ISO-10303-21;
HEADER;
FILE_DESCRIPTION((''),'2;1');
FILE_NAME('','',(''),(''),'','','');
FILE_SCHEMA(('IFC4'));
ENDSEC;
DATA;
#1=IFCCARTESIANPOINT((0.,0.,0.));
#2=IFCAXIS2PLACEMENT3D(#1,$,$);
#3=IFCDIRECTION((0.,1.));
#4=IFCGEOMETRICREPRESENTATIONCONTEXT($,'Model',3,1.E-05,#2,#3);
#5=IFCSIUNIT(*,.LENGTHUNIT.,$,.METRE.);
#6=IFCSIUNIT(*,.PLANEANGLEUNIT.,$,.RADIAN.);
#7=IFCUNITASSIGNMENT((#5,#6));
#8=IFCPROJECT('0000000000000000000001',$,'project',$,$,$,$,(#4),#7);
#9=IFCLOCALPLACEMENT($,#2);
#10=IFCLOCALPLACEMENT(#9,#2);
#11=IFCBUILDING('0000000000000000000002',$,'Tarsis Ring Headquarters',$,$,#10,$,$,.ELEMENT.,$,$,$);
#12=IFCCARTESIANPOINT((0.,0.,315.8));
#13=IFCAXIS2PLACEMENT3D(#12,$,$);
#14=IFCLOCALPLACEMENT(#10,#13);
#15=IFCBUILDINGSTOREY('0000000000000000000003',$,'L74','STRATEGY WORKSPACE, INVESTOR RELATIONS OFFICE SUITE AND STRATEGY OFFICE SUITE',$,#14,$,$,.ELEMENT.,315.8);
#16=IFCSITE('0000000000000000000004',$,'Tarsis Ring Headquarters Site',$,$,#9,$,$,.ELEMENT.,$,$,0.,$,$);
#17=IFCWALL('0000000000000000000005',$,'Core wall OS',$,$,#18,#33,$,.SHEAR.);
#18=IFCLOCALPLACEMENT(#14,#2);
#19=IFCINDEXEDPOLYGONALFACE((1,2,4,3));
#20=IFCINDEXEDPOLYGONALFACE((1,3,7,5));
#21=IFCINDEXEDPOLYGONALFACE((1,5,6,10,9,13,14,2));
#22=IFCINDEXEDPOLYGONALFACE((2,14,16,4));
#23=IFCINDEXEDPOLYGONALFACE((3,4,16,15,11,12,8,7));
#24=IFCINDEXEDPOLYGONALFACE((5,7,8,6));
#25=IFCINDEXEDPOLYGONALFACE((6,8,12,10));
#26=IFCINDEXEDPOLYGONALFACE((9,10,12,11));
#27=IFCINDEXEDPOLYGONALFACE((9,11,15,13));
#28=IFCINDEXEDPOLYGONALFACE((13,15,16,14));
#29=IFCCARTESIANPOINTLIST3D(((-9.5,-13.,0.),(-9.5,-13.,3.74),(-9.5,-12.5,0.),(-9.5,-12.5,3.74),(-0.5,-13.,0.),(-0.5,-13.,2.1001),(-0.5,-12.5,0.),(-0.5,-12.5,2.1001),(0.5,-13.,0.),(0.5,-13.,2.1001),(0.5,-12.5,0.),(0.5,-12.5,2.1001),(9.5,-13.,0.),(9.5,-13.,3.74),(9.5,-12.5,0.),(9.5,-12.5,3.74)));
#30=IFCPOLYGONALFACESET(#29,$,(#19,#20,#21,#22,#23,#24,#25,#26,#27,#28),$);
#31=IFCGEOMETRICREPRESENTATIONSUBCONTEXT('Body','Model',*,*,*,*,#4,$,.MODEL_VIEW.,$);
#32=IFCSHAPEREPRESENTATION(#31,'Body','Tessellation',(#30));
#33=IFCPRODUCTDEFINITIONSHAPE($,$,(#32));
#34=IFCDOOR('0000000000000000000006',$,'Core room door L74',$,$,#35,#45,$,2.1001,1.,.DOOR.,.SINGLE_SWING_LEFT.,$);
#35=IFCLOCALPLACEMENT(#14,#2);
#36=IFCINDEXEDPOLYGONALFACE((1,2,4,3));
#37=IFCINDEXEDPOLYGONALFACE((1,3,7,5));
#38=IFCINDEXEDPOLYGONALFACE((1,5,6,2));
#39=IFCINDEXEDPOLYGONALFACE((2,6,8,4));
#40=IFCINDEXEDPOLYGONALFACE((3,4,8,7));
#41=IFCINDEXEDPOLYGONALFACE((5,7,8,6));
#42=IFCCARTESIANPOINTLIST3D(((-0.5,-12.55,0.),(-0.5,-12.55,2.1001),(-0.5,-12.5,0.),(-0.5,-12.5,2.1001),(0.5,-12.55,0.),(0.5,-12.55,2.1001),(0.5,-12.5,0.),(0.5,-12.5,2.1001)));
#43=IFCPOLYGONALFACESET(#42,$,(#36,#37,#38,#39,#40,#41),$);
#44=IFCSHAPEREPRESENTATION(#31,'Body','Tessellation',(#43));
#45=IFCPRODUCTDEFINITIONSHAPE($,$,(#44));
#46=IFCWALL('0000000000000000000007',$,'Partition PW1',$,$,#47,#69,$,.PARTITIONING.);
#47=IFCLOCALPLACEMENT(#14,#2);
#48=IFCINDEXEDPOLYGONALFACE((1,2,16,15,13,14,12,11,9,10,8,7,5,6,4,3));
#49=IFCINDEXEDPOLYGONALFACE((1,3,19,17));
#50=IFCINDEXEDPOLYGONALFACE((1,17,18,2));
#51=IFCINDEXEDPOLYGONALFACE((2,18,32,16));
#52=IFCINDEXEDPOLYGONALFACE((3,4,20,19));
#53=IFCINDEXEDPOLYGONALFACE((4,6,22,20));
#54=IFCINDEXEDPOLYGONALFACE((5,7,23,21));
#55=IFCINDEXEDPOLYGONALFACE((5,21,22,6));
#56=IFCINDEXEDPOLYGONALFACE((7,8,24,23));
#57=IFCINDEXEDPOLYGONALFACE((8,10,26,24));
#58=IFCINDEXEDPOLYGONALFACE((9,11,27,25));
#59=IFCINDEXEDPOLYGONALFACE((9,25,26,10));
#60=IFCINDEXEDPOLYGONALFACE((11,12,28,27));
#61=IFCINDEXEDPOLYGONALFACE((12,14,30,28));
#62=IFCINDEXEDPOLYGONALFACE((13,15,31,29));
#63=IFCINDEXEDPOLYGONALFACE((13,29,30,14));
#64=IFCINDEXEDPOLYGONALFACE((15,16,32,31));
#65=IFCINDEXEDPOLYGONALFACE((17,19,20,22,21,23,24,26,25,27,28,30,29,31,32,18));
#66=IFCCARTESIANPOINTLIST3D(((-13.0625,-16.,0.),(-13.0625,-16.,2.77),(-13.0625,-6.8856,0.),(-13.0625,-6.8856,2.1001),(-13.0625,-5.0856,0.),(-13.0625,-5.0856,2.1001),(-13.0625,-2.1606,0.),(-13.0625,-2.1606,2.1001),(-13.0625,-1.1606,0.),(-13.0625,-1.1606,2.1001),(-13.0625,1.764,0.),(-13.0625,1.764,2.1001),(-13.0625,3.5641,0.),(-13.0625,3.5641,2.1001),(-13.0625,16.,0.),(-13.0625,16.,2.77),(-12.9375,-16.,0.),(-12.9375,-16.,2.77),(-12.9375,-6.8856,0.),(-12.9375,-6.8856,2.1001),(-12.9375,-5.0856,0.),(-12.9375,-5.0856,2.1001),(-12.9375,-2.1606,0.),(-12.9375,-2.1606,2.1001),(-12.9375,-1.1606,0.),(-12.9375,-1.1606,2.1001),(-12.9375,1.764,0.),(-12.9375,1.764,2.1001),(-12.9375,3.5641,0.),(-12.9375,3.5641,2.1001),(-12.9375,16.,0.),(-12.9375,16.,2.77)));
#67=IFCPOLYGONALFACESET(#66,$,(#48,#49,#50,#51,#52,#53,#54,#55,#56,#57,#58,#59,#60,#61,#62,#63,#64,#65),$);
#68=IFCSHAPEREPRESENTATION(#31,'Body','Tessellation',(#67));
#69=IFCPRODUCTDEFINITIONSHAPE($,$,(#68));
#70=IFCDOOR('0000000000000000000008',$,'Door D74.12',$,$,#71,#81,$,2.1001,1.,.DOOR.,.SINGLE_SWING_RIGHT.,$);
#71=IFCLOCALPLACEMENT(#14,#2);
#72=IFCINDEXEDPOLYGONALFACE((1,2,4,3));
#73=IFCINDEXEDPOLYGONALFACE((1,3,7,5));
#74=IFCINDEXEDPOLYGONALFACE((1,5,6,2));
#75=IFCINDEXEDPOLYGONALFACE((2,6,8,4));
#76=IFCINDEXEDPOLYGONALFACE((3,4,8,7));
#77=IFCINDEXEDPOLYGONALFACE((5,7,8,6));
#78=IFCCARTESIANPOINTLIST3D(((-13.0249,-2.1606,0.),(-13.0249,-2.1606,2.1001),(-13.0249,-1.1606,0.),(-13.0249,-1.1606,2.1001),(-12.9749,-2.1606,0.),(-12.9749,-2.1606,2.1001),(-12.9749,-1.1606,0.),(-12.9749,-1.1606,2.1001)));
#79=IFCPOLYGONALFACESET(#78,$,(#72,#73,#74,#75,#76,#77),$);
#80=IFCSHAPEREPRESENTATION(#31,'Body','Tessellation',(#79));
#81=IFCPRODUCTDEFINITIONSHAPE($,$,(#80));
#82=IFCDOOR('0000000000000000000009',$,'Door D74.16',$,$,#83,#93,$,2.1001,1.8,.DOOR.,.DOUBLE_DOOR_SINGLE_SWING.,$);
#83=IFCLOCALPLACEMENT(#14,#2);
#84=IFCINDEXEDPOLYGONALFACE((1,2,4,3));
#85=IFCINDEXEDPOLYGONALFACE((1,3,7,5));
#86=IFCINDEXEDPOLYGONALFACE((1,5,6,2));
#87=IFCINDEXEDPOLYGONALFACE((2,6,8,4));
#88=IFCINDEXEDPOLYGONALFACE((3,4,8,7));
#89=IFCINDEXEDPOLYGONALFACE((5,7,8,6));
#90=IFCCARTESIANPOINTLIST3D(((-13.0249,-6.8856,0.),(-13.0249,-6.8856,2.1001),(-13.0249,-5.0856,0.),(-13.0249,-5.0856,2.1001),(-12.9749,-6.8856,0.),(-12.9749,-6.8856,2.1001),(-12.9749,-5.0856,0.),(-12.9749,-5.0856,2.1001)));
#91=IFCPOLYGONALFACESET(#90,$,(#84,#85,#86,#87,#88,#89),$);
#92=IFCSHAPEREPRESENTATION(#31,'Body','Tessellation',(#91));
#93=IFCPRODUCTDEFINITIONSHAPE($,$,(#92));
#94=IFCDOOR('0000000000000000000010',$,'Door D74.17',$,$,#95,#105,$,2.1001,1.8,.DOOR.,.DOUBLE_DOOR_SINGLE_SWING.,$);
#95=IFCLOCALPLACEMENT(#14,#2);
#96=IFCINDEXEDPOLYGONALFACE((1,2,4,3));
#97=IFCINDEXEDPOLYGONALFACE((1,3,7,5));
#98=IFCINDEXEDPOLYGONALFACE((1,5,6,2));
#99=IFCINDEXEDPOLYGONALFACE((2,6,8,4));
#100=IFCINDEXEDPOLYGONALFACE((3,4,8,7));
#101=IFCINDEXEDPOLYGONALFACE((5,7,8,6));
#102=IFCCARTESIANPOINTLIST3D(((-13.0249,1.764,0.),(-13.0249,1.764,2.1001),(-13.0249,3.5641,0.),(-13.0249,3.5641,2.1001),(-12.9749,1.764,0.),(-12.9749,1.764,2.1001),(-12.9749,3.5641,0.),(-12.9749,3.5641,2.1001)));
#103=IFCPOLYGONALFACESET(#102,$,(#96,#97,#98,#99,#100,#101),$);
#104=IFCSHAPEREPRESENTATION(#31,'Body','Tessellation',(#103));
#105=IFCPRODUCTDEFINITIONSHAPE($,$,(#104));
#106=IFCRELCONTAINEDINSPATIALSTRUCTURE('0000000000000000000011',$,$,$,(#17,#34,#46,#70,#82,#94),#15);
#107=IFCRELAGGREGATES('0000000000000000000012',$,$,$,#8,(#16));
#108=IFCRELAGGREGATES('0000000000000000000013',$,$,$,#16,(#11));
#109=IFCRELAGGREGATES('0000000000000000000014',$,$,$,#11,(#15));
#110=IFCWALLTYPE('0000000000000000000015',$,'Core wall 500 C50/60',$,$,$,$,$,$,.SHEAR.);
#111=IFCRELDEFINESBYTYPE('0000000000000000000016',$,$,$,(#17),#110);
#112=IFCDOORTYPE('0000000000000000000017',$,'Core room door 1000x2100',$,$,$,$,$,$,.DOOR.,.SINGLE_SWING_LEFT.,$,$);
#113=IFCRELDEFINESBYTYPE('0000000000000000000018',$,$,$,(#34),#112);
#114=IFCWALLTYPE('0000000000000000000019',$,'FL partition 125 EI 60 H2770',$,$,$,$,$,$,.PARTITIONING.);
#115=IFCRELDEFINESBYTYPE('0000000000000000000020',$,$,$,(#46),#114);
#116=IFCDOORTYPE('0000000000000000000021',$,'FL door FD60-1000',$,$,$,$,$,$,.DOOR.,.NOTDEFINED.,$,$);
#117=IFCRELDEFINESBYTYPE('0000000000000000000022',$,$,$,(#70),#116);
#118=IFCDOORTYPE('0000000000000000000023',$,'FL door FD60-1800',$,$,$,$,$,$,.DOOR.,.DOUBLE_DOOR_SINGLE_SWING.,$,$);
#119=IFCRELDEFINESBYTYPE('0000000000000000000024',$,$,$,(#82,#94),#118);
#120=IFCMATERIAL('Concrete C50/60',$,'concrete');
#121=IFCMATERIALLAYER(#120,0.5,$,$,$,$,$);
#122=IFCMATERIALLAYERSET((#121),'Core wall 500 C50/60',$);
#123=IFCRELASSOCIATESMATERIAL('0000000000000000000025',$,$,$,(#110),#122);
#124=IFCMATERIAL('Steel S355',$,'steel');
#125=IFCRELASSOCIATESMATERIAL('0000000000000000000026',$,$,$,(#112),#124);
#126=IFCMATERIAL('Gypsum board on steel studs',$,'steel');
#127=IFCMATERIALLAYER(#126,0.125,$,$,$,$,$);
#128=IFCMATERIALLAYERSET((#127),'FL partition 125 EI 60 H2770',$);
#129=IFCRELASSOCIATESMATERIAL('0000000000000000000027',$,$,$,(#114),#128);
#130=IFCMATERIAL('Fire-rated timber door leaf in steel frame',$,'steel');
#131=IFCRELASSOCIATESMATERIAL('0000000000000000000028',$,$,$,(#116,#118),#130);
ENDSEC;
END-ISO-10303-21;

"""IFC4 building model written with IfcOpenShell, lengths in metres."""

from ifc_helpers import new_model, si_unit, direction, frame, frame_2d, origin, place, context, subcontext, project, spatial, rectangle, extrude, material, layer, layer_set, type_object, element, fill, save


model = new_model("IFC4")

# Units and contexts
model_context = context("Model", 3, precision=1e-05, world=origin(), true_north=direction((0.0, 1.0)))
body_context = subcontext(model_context, "Body", "Model", "MODEL_VIEW")
ifc_project = project(units=[si_unit("LENGTHUNIT", "METRE"), si_unit("PLANEANGLEUNIT", "RADIAN")], contexts=[model_context])

# Site, building, storey
site_placement = place(None, origin())
site = spatial("IfcSite", under=ifc_project, at=site_placement, Name="Tarsis Ring Headquarters Site", CompositionType="ELEMENT", RefElevation=0.0)
building_placement = place(site_placement, origin())
building = spatial("IfcBuilding", under=site, at=building_placement, Name="Tarsis Ring Headquarters", CompositionType="ELEMENT")
storey_placement = place(building_placement, frame((0.0, 0.0, 315.8)))
storey = spatial("IfcBuildingStorey", under=building, at=storey_placement, Name="L74", Description="STRATEGY WORKSPACE, INVESTOR RELATIONS OFFICE SUITE AND STRATEGY OFFICE SUITE", CompositionType="ELEMENT", Elevation=315.8)

# Shared definitions
ifc_material_1 = material(Name="Concrete C50/60", Category="concrete")
ifc_layer_1 = layer(ifc_material_1, 0.5)
ifc_layer_set_1 = layer_set([ifc_layer_1], Name="Core wall 500 C50/60")
wall_type_1 = type_object("IfcWallType", Name="Core wall 500 C50/60", PredefinedType="SHEAR", material=ifc_layer_set_1)
ifc_material_2 = material(Name="Steel S355", Category="steel")
door_type_1 = type_object("IfcDoorType", Name="Core room door 1000x2100", OperationType="SINGLE_SWING_LEFT", PredefinedType="DOOR", material=ifc_material_2)

# Wall, opening, door
wall_1_placement = place(storey_placement, frame((-9.5, -12.75, 0.0), z_axis=(0.0, 0.0, 1.0), x_axis=(1.0, 0.0, 0.0)))
wall_1 = element("IfcWall", 1, at=wall_1_placement, inside=storey, type_object=wall_type_1, Name="Core wall OS", PredefinedType="SHEAR", context=body_context, shape_type="SweptSolid", body=[
    extrude(rectangle(XDim=19.0, YDim=0.5, at=frame_2d((9.5, 0.0))), origin(), (0.0, 0.0, 1.0), 3.74),
])
opening_1_placement = place(wall_1_placement, frame((9.0, 0.0, 0.0)))
opening_1 = element("IfcOpeningElement", 2, at=opening_1_placement, cuts=wall_1, PredefinedType="OPENING", context=body_context, shape_type="SweptSolid", body=[
    extrude(rectangle(XDim=1.0, YDim=2.1001, at=frame_2d((0.5, 1.05))), frame((0.0, 0.26, 0.0), z_axis=(0.0, -1.0, 0.0), x_axis=(1.0, 0.0, 0.0)), (0.0, 0.0, 1.0), 0.52),
])
door_1_placement = place(opening_1_placement, origin())
door_1 = element("IfcDoor", 3, at=door_1_placement, inside=storey, type_object=door_type_1, Name="Core room door L74", OperationType="SINGLE_SWING_LEFT", OverallHeight=2.1001, OverallWidth=1.0, PredefinedType="DOOR", context=body_context, shape_type="SweptSolid", body=[
    extrude(rectangle(XDim=1.0, YDim=2.1001, at=frame_2d((0.5, 1.05))), frame((0.0, 0.25, 0.0), z_axis=(0.0, -1.0, 0.0), x_axis=(1.0, 0.0, 0.0)), (0.0, 0.0, 1.0), 0.05),
])
fill(opening_1, door_1)

# Wall, openings, doors
ifc_material_3 = material(Name="Gypsum board on steel studs", Category="steel")
ifc_layer_2 = layer(ifc_material_3, 0.125)
ifc_layer_set_2 = layer_set([ifc_layer_2], Name="FL partition 125 EI 60 H2770")
wall_type_2 = type_object("IfcWallType", Name="FL partition 125 EI 60 H2770", PredefinedType="PARTITIONING", material=ifc_layer_set_2)
wall_2_placement = place(storey_placement, frame((-13.0, -16.0, 0.0), z_axis=(0.0, 0.0, 1.0), x_axis=(0.0, 1.0, 0.0)))
wall_2 = element("IfcWall", 4, at=wall_2_placement, inside=storey, type_object=wall_type_2, Name="Partition PW1", PredefinedType="PARTITIONING", context=body_context, shape_type="SweptSolid", body=[
    extrude(rectangle(XDim=32.0, YDim=0.125, at=frame_2d((16.0, 0.0))), origin(), (0.0, 0.0, 1.0), 2.77),
])
opening_2_placement = place(wall_2_placement, frame((13.8394, 0.0, 0.0)))
opening_2 = element("IfcOpeningElement", 5, at=opening_2_placement, cuts=wall_2, PredefinedType="OPENING", context=body_context, shape_type="SweptSolid", body=[
    extrude(rectangle(XDim=1.0, YDim=2.1001, at=frame_2d((0.5, 1.05))), frame((0.0, 0.0725, 0.0), z_axis=(0.0, -1.0, 0.0), x_axis=(1.0, 0.0, 0.0)), (0.0, 0.0, 1.0), 0.145),
])
opening_3_placement = place(wall_2_placement, frame((9.1145, 0.0, 0.0)))
opening_3 = element("IfcOpeningElement", 6, at=opening_3_placement, cuts=wall_2, PredefinedType="OPENING", context=body_context, shape_type="SweptSolid", body=[
    extrude(rectangle(XDim=1.8, YDim=2.1001, at=frame_2d((0.8999, 1.05))), frame((0.0, 0.0725, 0.0), z_axis=(0.0, -1.0, 0.0), x_axis=(1.0, 0.0, 0.0)), (0.0, 0.0, 1.0), 0.145),
])
opening_4_placement = place(wall_2_placement, frame((17.7642, 0.0, 0.0)))
opening_4 = element("IfcOpeningElement", 7, at=opening_4_placement, cuts=wall_2, PredefinedType="OPENING", context=body_context, shape_type="SweptSolid", body=[
    extrude(rectangle(XDim=1.8, YDim=2.1001, at=frame_2d((0.8999, 1.05))), frame((0.0, 0.0725, 0.0), z_axis=(0.0, -1.0, 0.0), x_axis=(1.0, 0.0, 0.0)), (0.0, 0.0, 1.0), 0.145),
])
ifc_material_4 = material(Name="Fire-rated timber door leaf in steel frame", Category="steel")
door_type_2 = type_object("IfcDoorType", Name="FL door FD60-1000", OperationType="NOTDEFINED", PredefinedType="DOOR", material=ifc_material_4)
door_2_placement = place(opening_2_placement, origin())
door_2 = element("IfcDoor", 8, at=door_2_placement, inside=storey, type_object=door_type_2, Name="Door D74.12", OperationType="SINGLE_SWING_RIGHT", OverallHeight=2.1001, OverallWidth=1.0, PredefinedType="DOOR", context=body_context, shape_type="SweptSolid", body=[
    extrude(rectangle(XDim=1.0, YDim=2.1001, at=frame_2d((0.5, 1.05))), frame((0.0, 0.0249, 0.0), z_axis=(0.0, -1.0, 0.0), x_axis=(1.0, 0.0, 0.0)), (0.0, 0.0, 1.0), 0.05),
])
fill(opening_2, door_2)
door_type_3 = type_object("IfcDoorType", Name="FL door FD60-1800", OperationType="DOUBLE_DOOR_SINGLE_SWING", PredefinedType="DOOR", material=ifc_material_4)
door_3_placement = place(opening_3_placement, origin())
door_3 = element("IfcDoor", 9, at=door_3_placement, inside=storey, type_object=door_type_3, Name="Door D74.16", OperationType="DOUBLE_DOOR_SINGLE_SWING", OverallHeight=2.1001, OverallWidth=1.8, PredefinedType="DOOR", context=body_context, shape_type="SweptSolid", body=[
    extrude(rectangle(XDim=1.8, YDim=2.1001, at=frame_2d((0.8999, 1.05))), frame((0.0, 0.0249, 0.0), z_axis=(0.0, -1.0, 0.0), x_axis=(1.0, 0.0, 0.0)), (0.0, 0.0, 1.0), 0.05),
])
fill(opening_3, door_3)
door_4_placement = place(opening_4_placement, origin())
door_4 = element("IfcDoor", 10, at=door_4_placement, inside=storey, type_object=door_type_3, Name="Door D74.17", OperationType="DOUBLE_DOOR_SINGLE_SWING", OverallHeight=2.1001, OverallWidth=1.8, PredefinedType="DOOR", context=body_context, shape_type="SweptSolid", body=[
    extrude(rectangle(XDim=1.8, YDim=2.1001, at=frame_2d((0.8999, 1.05))), frame((0.0, 0.0249, 0.0), z_axis=(0.0, -1.0, 0.0), x_axis=(1.0, 0.0, 0.0)), (0.0, 0.0, 1.0), 0.05),
])
fill(opening_4, door_4)

save(model, "model.ifc")
